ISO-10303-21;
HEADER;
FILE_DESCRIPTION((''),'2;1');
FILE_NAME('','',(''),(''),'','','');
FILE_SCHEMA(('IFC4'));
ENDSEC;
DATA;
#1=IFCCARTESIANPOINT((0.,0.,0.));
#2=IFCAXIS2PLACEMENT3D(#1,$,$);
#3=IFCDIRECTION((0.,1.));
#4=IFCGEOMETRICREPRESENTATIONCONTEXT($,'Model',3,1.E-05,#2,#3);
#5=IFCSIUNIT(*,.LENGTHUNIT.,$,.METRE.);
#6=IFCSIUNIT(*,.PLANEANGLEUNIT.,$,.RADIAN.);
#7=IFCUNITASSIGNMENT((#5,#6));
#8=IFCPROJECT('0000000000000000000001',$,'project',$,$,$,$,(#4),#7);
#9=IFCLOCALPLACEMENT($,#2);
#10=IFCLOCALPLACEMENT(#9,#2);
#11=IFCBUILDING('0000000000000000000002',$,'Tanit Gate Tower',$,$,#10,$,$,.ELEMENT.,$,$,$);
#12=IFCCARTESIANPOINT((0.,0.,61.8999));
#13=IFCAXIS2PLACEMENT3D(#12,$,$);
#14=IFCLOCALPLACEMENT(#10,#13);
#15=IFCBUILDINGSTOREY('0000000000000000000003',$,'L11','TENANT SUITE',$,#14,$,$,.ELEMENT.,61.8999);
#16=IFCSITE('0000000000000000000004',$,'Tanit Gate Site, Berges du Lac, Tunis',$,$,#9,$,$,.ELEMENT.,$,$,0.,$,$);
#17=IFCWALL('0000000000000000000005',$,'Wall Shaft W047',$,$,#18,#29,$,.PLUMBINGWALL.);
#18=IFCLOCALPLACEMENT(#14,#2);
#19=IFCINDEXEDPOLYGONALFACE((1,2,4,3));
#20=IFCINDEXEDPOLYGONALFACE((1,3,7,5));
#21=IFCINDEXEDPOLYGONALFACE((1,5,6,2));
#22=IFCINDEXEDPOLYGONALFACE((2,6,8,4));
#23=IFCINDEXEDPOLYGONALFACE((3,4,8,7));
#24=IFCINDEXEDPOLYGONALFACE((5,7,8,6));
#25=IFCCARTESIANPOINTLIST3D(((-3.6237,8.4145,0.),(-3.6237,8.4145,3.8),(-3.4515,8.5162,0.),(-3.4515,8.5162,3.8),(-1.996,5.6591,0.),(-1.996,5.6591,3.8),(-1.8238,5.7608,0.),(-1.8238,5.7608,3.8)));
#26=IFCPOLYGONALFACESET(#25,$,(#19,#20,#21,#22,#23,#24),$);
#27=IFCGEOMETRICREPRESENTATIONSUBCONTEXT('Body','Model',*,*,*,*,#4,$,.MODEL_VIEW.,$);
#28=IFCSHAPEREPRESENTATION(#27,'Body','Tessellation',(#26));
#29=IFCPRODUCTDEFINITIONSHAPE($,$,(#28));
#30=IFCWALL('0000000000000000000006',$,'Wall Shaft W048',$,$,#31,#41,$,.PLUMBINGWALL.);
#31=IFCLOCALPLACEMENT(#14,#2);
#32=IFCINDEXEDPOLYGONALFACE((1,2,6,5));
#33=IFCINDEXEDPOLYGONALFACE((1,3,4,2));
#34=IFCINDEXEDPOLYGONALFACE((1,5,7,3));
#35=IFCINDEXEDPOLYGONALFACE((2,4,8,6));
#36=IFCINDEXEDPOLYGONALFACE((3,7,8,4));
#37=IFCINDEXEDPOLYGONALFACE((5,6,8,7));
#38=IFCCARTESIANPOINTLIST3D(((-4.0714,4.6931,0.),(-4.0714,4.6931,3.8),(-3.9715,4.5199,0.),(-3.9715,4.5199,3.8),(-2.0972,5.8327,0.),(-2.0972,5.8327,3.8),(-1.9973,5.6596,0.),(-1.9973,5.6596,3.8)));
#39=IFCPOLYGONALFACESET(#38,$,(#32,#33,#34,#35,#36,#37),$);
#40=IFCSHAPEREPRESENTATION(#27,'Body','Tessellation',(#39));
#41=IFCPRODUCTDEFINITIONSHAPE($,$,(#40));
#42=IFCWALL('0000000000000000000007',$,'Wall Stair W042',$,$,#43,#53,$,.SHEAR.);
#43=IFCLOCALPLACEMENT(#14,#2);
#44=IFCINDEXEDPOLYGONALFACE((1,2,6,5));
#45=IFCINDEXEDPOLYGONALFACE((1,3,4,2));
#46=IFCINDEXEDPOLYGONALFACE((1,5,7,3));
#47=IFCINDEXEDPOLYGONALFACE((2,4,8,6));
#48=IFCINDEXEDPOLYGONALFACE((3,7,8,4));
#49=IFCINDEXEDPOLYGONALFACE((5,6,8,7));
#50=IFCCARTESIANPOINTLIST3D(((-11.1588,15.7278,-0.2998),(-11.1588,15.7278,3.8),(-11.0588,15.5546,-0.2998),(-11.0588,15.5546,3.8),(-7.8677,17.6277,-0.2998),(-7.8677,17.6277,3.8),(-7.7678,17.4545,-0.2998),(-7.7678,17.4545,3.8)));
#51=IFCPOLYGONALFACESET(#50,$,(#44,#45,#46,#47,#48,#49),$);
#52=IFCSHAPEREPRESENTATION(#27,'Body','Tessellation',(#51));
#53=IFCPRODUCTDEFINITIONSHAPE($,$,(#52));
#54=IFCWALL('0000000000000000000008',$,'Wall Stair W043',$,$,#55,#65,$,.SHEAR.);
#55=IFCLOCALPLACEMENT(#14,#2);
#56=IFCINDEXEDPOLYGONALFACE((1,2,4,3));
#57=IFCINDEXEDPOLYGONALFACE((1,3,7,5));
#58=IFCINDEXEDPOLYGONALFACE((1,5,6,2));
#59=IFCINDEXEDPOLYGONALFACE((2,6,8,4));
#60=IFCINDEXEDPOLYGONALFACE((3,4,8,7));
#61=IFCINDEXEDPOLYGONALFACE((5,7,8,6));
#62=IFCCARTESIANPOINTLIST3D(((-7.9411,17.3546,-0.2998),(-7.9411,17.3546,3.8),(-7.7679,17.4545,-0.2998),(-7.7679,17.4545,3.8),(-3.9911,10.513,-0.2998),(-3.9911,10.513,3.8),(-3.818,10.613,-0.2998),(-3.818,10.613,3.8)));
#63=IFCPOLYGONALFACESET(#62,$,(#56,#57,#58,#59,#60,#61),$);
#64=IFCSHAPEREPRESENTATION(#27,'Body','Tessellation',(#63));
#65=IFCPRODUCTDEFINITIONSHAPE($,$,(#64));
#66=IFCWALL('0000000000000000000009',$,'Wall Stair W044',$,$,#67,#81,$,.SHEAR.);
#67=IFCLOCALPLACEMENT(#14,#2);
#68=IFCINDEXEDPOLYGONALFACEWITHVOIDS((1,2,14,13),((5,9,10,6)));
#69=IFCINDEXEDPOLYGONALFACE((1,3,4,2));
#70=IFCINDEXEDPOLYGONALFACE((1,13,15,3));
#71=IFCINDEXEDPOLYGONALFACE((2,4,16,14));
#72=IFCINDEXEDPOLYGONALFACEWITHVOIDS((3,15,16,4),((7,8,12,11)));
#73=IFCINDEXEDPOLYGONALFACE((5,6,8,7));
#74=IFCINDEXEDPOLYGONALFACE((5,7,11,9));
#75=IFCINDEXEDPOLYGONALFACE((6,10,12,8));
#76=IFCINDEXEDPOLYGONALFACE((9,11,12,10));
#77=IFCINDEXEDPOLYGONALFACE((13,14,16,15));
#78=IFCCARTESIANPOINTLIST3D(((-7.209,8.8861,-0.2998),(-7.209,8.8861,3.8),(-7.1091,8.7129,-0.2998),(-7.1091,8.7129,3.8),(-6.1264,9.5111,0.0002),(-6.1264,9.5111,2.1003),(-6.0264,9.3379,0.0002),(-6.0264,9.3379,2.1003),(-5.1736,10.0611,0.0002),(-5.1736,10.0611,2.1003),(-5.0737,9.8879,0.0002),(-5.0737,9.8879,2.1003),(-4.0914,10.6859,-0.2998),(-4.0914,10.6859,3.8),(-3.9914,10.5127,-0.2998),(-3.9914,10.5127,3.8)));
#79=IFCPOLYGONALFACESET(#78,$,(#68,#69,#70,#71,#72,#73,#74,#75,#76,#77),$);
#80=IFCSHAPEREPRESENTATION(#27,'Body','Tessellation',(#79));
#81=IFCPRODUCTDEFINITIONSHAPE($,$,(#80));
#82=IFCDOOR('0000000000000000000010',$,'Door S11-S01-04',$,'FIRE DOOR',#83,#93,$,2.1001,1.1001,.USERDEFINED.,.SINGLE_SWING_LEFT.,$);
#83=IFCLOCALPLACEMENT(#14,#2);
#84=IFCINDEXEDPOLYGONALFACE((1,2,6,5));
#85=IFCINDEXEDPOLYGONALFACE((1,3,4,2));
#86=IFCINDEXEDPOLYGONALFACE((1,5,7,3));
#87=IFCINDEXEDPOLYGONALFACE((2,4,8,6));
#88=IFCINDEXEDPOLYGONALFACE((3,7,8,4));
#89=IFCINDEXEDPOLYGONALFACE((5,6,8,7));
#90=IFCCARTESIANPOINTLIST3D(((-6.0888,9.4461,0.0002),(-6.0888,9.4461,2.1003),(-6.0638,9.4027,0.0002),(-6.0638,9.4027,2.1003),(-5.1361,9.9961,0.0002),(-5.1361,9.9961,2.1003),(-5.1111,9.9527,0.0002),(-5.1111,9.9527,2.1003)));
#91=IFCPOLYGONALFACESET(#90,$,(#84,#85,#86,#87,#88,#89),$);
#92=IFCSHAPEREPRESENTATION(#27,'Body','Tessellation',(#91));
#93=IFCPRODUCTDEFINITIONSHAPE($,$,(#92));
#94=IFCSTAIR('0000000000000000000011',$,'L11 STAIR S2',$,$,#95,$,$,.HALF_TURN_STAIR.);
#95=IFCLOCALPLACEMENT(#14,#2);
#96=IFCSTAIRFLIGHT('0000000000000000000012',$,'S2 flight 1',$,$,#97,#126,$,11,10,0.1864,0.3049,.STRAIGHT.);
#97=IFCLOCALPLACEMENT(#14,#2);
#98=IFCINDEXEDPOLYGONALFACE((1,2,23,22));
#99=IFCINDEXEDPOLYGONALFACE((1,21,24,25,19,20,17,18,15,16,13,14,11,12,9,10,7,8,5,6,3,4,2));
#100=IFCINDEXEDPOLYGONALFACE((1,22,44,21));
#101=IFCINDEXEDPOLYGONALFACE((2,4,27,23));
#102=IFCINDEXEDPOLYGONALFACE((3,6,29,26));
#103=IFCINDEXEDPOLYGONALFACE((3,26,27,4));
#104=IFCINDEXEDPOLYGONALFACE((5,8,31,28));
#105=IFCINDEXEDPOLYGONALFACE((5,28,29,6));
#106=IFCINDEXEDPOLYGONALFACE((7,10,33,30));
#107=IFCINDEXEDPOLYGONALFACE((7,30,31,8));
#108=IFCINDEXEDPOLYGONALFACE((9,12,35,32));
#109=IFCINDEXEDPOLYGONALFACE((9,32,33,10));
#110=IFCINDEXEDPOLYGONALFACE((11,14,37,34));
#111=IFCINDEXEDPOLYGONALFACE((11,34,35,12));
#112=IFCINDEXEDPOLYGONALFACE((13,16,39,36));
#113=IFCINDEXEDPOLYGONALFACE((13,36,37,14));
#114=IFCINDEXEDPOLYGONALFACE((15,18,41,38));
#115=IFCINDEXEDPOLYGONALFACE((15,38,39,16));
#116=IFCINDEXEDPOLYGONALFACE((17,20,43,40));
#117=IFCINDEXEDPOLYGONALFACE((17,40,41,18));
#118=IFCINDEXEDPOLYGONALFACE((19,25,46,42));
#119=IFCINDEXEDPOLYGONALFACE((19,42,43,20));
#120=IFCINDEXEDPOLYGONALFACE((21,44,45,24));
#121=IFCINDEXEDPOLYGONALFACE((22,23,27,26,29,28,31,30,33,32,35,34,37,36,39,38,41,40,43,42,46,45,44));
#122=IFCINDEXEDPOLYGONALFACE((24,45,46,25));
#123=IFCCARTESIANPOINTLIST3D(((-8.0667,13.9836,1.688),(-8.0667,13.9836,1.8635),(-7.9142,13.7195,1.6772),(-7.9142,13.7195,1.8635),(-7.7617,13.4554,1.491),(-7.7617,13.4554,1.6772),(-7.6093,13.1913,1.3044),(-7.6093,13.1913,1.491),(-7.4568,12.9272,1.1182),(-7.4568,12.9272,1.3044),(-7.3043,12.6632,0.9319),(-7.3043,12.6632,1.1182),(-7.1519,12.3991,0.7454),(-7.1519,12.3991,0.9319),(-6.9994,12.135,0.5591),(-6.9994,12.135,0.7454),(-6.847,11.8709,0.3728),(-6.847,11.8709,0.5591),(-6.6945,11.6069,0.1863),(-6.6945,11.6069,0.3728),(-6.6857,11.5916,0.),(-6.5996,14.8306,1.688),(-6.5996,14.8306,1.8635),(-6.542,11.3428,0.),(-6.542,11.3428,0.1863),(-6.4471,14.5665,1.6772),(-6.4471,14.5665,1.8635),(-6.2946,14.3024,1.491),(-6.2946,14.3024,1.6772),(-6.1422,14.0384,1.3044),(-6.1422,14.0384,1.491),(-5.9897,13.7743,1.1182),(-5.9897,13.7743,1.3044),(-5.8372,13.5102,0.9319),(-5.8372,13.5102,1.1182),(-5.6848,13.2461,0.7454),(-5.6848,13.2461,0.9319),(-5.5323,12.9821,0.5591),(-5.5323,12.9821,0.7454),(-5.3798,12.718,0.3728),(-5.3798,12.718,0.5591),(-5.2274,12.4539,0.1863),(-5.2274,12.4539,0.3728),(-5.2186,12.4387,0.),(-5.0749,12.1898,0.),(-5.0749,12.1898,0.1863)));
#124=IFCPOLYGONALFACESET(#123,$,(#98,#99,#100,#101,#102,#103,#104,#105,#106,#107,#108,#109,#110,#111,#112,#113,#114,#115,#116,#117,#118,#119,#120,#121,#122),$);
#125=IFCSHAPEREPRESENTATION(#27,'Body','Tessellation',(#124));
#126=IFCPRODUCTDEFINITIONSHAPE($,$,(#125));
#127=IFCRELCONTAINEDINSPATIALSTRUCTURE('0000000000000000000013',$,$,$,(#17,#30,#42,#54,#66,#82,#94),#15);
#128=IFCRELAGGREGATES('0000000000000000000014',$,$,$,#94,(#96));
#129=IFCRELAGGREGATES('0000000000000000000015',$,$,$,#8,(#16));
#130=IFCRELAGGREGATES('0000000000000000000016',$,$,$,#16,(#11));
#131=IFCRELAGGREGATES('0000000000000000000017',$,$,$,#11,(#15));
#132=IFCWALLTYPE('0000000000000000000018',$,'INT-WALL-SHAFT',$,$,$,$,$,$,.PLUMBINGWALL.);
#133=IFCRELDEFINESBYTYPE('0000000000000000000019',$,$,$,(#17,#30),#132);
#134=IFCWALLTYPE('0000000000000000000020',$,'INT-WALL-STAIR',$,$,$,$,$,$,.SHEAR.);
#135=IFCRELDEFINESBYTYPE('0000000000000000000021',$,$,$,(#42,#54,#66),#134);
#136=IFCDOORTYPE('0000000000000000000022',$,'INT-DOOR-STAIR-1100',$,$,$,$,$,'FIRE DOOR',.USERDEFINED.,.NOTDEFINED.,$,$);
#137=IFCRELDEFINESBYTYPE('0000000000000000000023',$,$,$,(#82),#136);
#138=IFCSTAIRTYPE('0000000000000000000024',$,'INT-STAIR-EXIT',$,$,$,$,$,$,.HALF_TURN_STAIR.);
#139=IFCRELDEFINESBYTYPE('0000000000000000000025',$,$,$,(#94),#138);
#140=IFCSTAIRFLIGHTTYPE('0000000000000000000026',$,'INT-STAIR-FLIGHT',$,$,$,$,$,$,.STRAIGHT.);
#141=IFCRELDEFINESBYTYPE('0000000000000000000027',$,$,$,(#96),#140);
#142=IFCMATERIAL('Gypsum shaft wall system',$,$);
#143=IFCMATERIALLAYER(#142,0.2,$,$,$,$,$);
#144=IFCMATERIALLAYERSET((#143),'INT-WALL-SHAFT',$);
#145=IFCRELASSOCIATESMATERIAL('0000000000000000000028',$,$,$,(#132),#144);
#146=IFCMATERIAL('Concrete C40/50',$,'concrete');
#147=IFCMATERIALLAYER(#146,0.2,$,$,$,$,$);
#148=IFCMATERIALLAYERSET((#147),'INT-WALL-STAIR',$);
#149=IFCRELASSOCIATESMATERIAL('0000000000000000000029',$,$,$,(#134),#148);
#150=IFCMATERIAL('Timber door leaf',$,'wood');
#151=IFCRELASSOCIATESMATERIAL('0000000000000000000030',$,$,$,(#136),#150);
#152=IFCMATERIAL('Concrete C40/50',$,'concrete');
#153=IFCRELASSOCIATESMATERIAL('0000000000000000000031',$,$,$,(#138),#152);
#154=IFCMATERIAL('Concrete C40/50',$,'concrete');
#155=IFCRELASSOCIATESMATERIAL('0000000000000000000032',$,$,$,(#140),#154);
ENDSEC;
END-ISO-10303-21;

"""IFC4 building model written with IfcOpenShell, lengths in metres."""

from ifc_helpers import new_model, si_unit, direction, frame, frame_2d, origin, place, context, subcontext, project, spatial, polyline, rectangle, outline, extrude, material, layer, layer_set, type_object, element, fill, aggregate, save


model = new_model("IFC4")

# Units and contexts
model_context = context("Model", 3, precision=1e-05, world=origin(), true_north=direction((0.0, 1.0)))
body_context = subcontext(model_context, "Body", "Model", "MODEL_VIEW")
ifc_project = project(units=[si_unit("LENGTHUNIT", "METRE"), si_unit("PLANEANGLEUNIT", "RADIAN")], contexts=[model_context])

# Site, building, storey
site_placement = place(None, origin())
site = spatial("IfcSite", under=ifc_project, at=site_placement, Name="Tanit Gate Site, Berges du Lac, Tunis", CompositionType="ELEMENT", RefElevation=0.0)
building_placement = place(site_placement, origin())
building = spatial("IfcBuilding", under=site, at=building_placement, Name="Tanit Gate Tower", CompositionType="ELEMENT")
storey_placement = place(building_placement, frame((0.0, 0.0, 61.8999)))
storey = spatial("IfcBuildingStorey", under=building, at=storey_placement, Name="L11", Description="TENANT SUITE", CompositionType="ELEMENT", Elevation=61.8999)

# Shared definitions
ifc_material_1 = material(Name="Gypsum shaft wall system")
ifc_layer_1 = layer(ifc_material_1, 0.2)
ifc_layer_set_1 = layer_set([ifc_layer_1], Name="INT-WALL-SHAFT")
wall_type_1 = type_object("IfcWallType", Name="INT-WALL-SHAFT", PredefinedType="PLUMBINGWALL", material=ifc_layer_set_1)

# Walls
wall_1_placement = place(storey_placement, frame((-3.5376, 8.4653, 0.0), z_axis=(0.0, 0.0, 1.0), x_axis=(0.508616, -0.860993, 0.0)))
element("IfcWall", 1, at=wall_1_placement, inside=storey, type_object=wall_type_1, Name="Wall Shaft W047", PredefinedType="PLUMBINGWALL", context=body_context, shape_type="SweptSolid", body=[
    extrude(rectangle(XDim=3.2002, YDim=0.2, at=frame_2d((1.6001, 0.0))), origin(), (0.0, 0.0, 1.0), 3.8),
])
wall_2_placement = place(storey_placement, frame((-2.0474, 5.7461, 0.0), z_axis=(0.0, 0.0, 1.0), x_axis=(-0.866046, -0.499964, 0.0)))
element("IfcWall", 2, at=wall_2_placement, inside=storey, type_object=wall_type_1, Name="Wall Shaft W048", PredefinedType="PLUMBINGWALL", context=body_context, shape_type="SweptSolid", body=[
    extrude(rectangle(XDim=2.2795, YDim=0.2, at=frame_2d((1.1396, 0.0))), origin(), (0.0, 0.0, 1.0), 3.8),
])
ifc_material_2 = material(Name="Concrete C40/50", Category="concrete")
ifc_layer_2 = layer(ifc_material_2, 0.2)
ifc_layer_set_2 = layer_set([ifc_layer_2], Name="INT-WALL-STAIR")
wall_type_2 = type_object("IfcWallType", Name="INT-WALL-STAIR", PredefinedType="SHEAR", material=ifc_layer_set_2)
wall_3_placement = place(storey_placement, frame((-7.8179, 17.541, -0.2998), z_axis=(0.0, 0.0, 1.0), x_axis=(-0.866044, -0.499967, 0.0)))
element("IfcWall", 3, at=wall_3_placement, inside=storey, type_object=wall_type_2, Name="Wall Stair W042", PredefinedType="SHEAR", context=body_context, shape_type="SweptSolid", body=[
    extrude(rectangle(XDim=3.8, YDim=0.2, at=frame_2d((1.8999, 0.0))), origin(), (0.0, 0.0, 1.0), 4.0999),
])
wall_4_placement = place(storey_placement, frame((-7.8545, 17.4045, -0.2998), z_axis=(0.0, 0.0, 1.0), x_axis=(0.499998, -0.866027, 0.0)))
element("IfcWall", 4, at=wall_4_placement, inside=storey, type_object=wall_type_2, Name="Wall Stair W043", PredefinedType="SHEAR", context=body_context, shape_type="SweptSolid", body=[
    extrude(rectangle(XDim=7.8999, YDim=0.2, at=frame_2d((3.95, 0.0))), origin(), (0.0, 0.0, 1.0), 4.0999),
])

# Wall, opening, door
wall_5_placement = place(storey_placement, frame((-7.1589, 8.7996, -0.2998), z_axis=(0.0, 0.0, 1.0), x_axis=(0.866048, 0.499961, 0.0)))
wall_5 = element("IfcWall", 5, at=wall_5_placement, inside=storey, type_object=wall_type_2, Name="Wall Stair W044", PredefinedType="SHEAR", context=body_context, shape_type="SweptSolid", body=[
    extrude(rectangle(XDim=3.5999, YDim=0.2, at=frame_2d((1.7998, 0.0))), origin(), (0.0, 0.0, 1.0), 4.0999),
])
opening_1_placement = place(wall_5_placement, frame((1.25, 0.0, 0.3)))
opening_1 = element("IfcOpeningElement", 6, at=opening_1_placement, cuts=wall_5, PredefinedType="OPENING", context=body_context, shape_type="SweptSolid", body=[
    extrude(rectangle(XDim=1.1001, YDim=2.1001, at=frame_2d((0.55, 1.05))), frame((0.0, 0.1099, 0.0), z_axis=(0.0, -1.0, 0.0), x_axis=(1.0, 0.0, 0.0)), (0.0, 0.0, 1.0), 0.22),
])
ifc_material_3 = material(Name="Timber door leaf", Category="wood")
door_type_1 = type_object("IfcDoorType", Name="INT-DOOR-STAIR-1100", ElementType="FIRE DOOR", OperationType="NOTDEFINED", PredefinedType="USERDEFINED", material=ifc_material_3)
door_1_placement = place(opening_1_placement, origin())
door_1 = element("IfcDoor", 7, at=door_1_placement, inside=storey, type_object=door_type_1, Name="Door S11-S01-04", ObjectType="FIRE DOOR", OperationType="SINGLE_SWING_LEFT", OverallHeight=2.1001, OverallWidth=1.1001, PredefinedType="USERDEFINED", context=body_context, shape_type="SweptSolid", body=[
    extrude(rectangle(XDim=1.1001, YDim=2.1001, at=frame_2d((0.55, 1.05))), frame((0.0, 0.0249, 0.0), z_axis=(0.0, -1.0, 0.0), x_axis=(1.0, 0.0, 0.0)), (0.0, 0.0, 1.0), 0.05),
])
fill(opening_1, door_1)

# Stair, stair flight
ifc_material_4 = material(Name="Concrete C40/50", Category="concrete")
stair_type = type_object("IfcStairType", Name="INT-STAIR-EXIT", PredefinedType="HALF_TURN_STAIR", material=ifc_material_4)
stair_placement = place(storey_placement, origin())
stair = element("IfcStair", 8, at=stair_placement, inside=storey, type_object=stair_type, Name="L11 STAIR S2", PredefinedType="HALF_TURN_STAIR")
ifc_material_5 = material(Name="Concrete C40/50", Category="concrete")
stair_flight_type = type_object("IfcStairFlightType", Name="INT-STAIR-FLIGHT", PredefinedType="STRAIGHT", material=ifc_material_5)
stair_flight_placement = place(storey_placement, frame((-5.8083, 11.7664, 0.0), z_axis=(0.0, 0.0, 1.0), x_axis=(-0.5, 0.866025, 0.0)))
stair_flight = element("IfcStairFlight", 9, at=stair_flight_placement, type_object=stair_flight_type, Name="S2 flight 1", NumberOfRisers=11, NumberOfTreads=10, PredefinedType="STRAIGHT", RiserHeight=0.1864, TreadLength=0.3049, context=body_context, shape_type="SweptSolid", body=[
    extrude(outline(polyline([(0.0, 0.0), (0.0, 0.1863), (0.3049, 0.1863), (0.3049, 0.3728), (0.6099, 0.3728), (0.6099, 0.5591), (0.9148, 0.5591), (0.9148, 0.7454), (1.2197, 0.7454), (1.2197, 0.9319), (1.5247, 0.9319), (1.5247, 1.1182), (1.8296, 1.1182), (1.8296, 1.3044), (2.1345, 1.3044), (2.1345, 1.491), (2.4395, 1.491), (2.4395, 1.6772), (2.7444, 1.6772), (2.7444, 1.8635), (3.0493, 1.8635), (3.0493, 2.05), (3.0493, 1.688), (0.2874, 0.0), (0.0, 0.0)])), frame((0.0, 0.8472, 0.0), z_axis=(0.0, -1.0, 0.0), x_axis=(1.0, 0.0, 0.0)), (0.0, 0.0, 1.0), 1.6941),
])
aggregate(stair, [stair_flight])

save(model, "model.ifc")
